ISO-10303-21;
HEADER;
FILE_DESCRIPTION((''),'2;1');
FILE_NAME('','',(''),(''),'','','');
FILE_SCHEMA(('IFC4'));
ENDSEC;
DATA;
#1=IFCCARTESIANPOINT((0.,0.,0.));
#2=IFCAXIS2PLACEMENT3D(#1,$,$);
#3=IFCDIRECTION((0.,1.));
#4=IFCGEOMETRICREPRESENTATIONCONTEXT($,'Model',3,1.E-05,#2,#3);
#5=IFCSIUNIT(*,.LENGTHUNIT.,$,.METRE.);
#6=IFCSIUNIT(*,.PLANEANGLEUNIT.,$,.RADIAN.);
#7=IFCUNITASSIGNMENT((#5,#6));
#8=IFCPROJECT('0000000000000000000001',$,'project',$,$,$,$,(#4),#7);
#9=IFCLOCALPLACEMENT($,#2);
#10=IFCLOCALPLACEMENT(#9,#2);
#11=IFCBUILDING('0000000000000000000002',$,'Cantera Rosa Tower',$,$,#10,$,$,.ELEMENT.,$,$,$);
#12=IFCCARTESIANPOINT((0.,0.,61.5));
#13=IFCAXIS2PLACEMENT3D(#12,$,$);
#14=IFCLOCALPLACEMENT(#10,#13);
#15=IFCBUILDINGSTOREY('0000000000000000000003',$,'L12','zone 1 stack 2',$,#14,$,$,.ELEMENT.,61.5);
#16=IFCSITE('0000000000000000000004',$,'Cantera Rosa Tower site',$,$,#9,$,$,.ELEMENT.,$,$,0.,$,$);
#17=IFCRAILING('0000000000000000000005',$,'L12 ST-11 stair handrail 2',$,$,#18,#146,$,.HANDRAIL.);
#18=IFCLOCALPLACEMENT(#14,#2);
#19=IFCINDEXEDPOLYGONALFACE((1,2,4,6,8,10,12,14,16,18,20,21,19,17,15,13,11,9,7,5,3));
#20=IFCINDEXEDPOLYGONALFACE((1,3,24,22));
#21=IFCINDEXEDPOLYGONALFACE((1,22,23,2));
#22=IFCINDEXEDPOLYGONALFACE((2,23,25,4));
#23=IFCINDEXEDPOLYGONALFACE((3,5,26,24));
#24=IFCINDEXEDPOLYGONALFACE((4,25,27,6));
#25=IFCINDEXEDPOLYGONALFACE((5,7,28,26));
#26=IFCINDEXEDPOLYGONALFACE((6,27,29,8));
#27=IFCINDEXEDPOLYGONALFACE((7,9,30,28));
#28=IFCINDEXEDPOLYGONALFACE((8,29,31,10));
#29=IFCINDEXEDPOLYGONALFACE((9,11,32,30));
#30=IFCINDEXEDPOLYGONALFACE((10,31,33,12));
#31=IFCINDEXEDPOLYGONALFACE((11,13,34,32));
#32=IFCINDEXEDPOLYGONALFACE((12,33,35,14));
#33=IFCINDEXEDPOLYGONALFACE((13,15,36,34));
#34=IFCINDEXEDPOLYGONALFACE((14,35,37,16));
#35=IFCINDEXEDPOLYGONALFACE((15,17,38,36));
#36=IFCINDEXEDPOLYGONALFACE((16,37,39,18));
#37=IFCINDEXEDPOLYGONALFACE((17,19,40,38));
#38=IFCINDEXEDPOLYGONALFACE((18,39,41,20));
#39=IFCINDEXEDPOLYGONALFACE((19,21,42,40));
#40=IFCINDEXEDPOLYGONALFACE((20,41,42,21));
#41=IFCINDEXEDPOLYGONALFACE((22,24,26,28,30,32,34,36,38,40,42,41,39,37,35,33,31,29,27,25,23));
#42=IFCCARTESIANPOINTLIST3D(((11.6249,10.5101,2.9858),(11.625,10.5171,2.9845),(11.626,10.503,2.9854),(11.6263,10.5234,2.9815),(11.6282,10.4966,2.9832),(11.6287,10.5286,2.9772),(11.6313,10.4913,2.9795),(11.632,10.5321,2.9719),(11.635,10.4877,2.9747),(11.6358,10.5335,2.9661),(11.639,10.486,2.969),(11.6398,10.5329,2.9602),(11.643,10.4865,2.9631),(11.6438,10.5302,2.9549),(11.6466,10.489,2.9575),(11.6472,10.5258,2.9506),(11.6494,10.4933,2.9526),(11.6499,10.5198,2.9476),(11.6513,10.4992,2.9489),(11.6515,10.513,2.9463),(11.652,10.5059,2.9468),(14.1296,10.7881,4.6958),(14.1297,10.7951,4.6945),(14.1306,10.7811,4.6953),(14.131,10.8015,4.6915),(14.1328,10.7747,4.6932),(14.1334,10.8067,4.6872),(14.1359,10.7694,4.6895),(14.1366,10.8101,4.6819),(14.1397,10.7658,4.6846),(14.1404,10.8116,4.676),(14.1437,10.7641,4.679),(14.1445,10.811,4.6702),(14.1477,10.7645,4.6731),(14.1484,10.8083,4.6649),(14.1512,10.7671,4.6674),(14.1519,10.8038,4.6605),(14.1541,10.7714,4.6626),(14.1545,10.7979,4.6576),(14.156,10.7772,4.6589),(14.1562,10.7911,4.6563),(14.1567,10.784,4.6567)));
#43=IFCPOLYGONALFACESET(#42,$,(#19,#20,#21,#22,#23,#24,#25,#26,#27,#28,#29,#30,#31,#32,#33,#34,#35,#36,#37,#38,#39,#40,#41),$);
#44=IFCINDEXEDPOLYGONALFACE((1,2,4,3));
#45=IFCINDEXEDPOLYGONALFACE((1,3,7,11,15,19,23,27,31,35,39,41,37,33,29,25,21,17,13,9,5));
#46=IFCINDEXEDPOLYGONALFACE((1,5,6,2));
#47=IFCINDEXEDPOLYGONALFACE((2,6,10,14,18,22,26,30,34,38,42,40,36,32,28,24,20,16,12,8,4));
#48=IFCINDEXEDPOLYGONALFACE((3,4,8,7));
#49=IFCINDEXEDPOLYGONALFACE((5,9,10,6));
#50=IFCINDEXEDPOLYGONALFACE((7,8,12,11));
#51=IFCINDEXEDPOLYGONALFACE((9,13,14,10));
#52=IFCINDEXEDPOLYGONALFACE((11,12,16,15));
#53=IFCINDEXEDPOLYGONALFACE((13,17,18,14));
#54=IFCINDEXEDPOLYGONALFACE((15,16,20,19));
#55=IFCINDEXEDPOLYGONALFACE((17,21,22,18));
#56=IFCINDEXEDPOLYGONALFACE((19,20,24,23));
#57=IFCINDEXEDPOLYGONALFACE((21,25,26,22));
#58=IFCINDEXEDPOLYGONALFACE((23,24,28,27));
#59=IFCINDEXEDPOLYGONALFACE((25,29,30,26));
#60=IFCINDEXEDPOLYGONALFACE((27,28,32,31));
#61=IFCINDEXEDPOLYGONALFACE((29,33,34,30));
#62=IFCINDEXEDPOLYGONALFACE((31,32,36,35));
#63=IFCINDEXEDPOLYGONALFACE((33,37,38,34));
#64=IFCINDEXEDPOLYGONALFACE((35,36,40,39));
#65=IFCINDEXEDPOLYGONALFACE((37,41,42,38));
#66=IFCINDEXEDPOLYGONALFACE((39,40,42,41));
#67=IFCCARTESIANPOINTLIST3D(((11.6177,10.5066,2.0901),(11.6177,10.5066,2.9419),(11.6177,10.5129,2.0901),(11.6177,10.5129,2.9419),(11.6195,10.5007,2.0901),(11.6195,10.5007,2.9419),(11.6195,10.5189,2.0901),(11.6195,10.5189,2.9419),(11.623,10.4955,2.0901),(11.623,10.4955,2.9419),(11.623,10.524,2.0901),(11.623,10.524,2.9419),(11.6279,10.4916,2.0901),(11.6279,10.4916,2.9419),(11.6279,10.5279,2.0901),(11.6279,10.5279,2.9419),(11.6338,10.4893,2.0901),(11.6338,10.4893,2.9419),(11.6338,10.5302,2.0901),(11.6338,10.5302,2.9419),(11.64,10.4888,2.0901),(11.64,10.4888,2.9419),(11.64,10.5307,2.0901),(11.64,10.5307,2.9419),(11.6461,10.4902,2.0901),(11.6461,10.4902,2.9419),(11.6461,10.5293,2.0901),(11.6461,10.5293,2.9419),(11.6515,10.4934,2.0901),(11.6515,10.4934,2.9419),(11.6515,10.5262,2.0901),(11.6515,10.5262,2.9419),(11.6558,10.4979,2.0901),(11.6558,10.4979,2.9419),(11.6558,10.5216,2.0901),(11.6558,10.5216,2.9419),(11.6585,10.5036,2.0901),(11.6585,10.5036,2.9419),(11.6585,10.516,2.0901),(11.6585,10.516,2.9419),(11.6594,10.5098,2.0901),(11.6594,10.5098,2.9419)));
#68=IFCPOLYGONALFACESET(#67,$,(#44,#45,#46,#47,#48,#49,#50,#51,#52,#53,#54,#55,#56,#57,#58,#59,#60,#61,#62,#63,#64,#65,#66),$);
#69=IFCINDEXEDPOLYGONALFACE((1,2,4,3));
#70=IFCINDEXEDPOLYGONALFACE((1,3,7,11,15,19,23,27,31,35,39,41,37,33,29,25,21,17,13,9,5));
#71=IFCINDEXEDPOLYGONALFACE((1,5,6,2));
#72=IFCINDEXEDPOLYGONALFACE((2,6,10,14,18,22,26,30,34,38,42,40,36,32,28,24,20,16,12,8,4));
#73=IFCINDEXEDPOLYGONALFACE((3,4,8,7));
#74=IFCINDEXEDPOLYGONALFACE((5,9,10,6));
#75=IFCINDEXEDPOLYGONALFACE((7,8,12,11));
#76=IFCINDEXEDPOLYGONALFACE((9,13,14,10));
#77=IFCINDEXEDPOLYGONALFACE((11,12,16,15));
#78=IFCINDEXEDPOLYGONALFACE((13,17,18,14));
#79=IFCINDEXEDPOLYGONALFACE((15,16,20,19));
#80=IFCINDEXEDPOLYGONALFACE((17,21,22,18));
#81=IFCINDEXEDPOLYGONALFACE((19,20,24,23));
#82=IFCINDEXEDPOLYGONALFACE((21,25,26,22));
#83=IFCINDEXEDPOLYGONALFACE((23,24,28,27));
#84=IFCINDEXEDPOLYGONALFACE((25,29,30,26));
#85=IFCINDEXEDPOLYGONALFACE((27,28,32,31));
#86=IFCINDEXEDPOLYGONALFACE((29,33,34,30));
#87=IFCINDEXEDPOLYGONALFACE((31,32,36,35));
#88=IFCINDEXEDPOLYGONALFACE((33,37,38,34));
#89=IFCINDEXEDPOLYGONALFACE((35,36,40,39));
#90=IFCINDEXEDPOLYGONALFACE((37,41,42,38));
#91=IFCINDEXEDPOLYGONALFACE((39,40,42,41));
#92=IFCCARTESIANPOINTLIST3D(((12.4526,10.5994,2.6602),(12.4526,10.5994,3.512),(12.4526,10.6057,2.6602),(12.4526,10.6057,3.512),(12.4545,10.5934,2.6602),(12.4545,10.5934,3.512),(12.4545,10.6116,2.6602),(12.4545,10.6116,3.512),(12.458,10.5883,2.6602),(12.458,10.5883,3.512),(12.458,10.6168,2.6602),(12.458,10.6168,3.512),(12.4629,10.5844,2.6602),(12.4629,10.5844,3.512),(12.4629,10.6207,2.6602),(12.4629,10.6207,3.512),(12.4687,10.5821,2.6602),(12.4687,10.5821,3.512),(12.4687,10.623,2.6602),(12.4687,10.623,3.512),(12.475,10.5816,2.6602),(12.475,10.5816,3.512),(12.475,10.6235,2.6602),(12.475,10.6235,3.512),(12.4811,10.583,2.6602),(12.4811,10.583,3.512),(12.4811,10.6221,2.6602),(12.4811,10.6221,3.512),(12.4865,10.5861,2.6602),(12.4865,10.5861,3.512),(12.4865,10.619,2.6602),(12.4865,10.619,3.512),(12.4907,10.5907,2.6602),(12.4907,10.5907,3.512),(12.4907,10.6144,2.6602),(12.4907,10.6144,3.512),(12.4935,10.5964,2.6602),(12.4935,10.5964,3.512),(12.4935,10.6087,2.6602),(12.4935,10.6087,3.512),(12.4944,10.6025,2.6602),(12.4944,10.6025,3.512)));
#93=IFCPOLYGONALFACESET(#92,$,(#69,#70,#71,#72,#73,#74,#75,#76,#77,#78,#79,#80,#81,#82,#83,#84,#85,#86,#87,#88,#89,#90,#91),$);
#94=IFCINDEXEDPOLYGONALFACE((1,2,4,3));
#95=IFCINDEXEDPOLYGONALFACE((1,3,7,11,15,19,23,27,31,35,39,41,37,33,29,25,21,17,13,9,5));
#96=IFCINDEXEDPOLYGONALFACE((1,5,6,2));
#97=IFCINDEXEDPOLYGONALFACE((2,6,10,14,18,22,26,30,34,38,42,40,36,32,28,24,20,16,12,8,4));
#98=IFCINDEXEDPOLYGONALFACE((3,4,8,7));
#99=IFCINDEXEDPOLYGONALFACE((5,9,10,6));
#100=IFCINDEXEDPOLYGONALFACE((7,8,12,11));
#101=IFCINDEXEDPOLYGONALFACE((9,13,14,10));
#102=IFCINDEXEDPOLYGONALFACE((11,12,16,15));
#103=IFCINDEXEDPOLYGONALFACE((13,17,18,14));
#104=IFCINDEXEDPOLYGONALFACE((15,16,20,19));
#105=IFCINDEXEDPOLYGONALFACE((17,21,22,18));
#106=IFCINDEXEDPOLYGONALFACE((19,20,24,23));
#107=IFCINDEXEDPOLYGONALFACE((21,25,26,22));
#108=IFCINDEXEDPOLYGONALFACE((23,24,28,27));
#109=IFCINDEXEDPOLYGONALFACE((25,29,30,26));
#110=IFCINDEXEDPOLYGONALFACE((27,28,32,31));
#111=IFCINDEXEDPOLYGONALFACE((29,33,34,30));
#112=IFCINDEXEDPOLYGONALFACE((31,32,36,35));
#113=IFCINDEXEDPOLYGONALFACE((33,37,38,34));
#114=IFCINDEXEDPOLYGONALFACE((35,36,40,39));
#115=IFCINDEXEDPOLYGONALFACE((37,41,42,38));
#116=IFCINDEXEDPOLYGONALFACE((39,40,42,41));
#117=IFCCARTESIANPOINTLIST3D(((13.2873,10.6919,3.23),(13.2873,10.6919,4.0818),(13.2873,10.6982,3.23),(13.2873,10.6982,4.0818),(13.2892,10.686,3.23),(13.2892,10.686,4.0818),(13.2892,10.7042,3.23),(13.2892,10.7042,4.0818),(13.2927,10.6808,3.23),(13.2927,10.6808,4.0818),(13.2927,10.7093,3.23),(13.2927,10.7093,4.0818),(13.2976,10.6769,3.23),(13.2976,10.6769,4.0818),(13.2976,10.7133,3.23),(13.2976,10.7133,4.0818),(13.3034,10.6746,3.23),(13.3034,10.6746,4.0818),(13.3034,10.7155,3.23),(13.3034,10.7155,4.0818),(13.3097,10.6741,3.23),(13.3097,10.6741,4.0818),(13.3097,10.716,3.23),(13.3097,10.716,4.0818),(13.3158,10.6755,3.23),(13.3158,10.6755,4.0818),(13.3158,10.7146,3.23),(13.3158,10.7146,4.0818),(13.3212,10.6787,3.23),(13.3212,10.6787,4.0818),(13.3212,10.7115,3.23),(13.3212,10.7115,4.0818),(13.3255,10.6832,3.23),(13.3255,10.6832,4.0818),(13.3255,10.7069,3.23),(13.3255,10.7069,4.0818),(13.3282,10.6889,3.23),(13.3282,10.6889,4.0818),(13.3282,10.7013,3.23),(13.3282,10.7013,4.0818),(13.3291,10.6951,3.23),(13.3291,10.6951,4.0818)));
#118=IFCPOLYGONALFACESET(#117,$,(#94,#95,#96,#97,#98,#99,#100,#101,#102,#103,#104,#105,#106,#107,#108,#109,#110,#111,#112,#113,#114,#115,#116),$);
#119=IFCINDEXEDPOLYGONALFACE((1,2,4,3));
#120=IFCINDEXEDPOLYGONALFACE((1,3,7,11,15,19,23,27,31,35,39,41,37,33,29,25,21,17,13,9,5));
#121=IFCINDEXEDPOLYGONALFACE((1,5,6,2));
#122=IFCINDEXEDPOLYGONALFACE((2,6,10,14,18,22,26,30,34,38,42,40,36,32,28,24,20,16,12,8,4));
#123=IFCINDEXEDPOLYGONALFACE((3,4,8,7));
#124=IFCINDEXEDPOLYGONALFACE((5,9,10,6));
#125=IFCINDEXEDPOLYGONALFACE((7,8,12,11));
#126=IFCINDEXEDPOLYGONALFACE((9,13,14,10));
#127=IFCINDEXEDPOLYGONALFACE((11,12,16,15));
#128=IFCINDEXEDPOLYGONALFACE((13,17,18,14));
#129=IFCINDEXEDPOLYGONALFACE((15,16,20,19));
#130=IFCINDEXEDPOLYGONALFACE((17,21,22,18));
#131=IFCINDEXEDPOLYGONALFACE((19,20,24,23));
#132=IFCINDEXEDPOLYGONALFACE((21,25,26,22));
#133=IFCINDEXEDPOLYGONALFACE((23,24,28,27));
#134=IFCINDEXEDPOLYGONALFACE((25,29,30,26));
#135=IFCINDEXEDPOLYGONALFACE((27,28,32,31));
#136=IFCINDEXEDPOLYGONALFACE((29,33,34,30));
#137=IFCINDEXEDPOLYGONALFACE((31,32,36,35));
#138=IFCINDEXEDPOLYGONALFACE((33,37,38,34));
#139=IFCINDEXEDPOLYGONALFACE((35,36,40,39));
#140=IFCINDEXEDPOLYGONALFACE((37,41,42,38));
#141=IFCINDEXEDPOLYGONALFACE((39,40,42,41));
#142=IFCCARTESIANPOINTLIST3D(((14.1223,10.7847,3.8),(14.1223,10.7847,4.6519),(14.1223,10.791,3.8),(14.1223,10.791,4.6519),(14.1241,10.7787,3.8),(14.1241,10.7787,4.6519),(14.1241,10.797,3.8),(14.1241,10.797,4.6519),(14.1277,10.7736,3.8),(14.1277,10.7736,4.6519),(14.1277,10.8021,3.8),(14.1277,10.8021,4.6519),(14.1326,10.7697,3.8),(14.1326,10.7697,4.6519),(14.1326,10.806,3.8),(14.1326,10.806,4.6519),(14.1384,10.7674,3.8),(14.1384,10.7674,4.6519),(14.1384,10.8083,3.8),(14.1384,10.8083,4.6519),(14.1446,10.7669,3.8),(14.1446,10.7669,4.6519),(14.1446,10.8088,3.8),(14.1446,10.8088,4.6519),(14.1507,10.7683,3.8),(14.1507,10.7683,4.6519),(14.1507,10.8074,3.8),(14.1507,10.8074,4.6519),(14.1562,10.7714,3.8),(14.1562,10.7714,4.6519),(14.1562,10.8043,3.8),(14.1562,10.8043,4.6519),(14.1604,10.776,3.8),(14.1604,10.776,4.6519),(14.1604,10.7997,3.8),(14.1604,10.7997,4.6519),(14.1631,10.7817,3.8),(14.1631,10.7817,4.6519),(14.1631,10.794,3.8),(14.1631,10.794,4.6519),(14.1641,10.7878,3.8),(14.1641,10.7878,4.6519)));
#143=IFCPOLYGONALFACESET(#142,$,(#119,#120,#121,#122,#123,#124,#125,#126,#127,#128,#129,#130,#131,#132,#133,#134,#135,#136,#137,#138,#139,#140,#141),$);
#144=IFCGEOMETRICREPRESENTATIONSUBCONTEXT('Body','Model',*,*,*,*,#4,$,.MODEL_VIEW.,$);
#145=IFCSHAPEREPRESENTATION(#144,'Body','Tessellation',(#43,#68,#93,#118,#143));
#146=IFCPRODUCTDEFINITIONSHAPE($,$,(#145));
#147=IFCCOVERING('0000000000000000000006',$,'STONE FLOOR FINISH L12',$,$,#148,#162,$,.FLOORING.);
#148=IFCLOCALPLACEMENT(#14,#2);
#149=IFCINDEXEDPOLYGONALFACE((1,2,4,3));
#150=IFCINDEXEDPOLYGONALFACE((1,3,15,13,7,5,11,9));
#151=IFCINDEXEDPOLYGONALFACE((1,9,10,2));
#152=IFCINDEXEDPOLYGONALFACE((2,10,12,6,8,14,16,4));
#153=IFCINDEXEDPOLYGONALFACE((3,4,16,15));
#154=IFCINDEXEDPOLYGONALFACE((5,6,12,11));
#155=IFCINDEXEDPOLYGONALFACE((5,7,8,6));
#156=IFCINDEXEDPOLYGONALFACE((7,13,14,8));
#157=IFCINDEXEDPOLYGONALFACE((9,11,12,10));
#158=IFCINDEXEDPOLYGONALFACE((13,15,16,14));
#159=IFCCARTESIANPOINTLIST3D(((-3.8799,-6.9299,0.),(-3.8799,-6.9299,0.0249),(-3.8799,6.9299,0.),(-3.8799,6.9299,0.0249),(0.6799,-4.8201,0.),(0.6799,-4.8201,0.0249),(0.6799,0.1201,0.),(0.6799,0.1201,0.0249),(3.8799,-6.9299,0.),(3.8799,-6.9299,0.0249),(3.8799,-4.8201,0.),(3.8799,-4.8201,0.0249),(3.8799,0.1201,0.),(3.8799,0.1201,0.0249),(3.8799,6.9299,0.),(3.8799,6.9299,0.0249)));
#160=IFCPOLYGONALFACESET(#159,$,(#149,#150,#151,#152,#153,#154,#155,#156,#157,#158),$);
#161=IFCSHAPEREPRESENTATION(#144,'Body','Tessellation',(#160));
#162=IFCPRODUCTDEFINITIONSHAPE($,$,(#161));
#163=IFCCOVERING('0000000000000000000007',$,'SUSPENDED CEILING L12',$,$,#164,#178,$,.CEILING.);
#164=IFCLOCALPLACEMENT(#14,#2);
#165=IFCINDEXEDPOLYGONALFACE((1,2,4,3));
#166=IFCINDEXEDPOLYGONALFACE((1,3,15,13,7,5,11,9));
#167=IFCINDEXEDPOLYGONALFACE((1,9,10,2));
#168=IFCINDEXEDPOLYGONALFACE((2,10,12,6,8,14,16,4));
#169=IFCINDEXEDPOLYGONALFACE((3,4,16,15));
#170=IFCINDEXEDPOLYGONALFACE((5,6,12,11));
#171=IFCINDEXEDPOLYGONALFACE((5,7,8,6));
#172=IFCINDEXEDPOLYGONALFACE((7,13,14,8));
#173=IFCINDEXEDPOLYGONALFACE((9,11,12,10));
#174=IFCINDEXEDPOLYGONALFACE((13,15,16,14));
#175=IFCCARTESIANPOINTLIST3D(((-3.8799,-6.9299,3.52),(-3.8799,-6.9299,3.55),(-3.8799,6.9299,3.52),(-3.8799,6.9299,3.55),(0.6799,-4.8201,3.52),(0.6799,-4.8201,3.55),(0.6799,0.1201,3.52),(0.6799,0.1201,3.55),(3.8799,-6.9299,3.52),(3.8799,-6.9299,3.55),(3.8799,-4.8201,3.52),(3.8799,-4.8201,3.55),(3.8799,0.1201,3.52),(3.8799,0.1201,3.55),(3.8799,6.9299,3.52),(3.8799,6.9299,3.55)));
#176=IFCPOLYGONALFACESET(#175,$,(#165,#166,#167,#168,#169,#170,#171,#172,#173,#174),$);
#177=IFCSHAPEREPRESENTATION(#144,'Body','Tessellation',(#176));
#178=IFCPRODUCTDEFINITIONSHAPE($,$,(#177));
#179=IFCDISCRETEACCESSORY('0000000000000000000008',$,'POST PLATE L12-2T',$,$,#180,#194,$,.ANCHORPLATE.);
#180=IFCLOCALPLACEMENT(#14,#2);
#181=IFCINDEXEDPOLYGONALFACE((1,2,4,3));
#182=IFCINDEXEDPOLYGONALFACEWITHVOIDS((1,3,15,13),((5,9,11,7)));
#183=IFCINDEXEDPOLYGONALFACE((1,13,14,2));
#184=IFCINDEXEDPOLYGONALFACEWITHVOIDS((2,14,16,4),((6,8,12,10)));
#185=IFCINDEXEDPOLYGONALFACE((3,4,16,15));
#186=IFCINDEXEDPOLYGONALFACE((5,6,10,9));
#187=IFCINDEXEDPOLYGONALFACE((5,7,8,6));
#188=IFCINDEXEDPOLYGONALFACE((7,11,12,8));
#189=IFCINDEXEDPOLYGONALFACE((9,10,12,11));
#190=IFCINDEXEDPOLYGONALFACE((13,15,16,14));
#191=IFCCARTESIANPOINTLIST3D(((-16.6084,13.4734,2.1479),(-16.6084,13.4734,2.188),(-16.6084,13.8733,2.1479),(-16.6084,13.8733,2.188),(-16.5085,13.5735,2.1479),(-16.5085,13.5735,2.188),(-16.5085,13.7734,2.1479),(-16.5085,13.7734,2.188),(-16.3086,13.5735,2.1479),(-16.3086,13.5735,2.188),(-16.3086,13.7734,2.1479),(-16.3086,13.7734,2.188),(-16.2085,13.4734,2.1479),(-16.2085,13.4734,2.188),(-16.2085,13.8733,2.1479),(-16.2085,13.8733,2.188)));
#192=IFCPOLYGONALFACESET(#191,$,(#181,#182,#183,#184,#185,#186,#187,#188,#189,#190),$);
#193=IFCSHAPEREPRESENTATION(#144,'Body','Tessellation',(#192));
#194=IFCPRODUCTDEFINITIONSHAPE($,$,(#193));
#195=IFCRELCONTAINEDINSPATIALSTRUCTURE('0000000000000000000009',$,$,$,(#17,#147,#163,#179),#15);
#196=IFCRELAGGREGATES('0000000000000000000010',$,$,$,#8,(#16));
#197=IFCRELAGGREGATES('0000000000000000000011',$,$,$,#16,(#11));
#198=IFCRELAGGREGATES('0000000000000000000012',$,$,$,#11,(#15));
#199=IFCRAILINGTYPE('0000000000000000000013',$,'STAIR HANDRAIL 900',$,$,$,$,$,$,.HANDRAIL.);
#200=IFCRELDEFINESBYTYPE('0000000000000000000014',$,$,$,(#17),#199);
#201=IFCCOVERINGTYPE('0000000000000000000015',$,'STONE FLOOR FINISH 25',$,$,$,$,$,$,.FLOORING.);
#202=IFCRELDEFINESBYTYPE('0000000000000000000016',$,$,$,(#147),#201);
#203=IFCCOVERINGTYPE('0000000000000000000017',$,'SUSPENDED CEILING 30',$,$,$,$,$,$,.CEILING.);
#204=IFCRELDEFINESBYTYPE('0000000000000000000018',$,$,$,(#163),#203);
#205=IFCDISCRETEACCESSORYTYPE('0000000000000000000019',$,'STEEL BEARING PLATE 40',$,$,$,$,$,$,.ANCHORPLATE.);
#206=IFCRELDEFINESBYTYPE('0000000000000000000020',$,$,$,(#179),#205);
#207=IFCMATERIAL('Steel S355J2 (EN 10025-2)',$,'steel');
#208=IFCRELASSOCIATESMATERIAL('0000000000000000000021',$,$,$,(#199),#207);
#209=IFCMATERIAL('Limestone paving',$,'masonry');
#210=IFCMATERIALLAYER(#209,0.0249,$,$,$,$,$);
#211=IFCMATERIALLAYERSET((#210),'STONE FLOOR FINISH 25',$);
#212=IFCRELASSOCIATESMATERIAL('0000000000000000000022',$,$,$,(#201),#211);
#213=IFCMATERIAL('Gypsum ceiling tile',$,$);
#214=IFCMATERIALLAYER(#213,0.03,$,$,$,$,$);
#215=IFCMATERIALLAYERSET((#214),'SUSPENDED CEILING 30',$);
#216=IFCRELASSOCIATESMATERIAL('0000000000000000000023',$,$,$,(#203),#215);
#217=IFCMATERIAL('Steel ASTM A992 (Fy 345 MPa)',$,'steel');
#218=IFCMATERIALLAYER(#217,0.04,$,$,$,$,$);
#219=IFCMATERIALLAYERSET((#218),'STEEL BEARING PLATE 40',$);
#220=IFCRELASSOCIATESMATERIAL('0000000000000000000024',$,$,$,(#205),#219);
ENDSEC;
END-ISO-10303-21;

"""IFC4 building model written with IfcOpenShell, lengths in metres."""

from ifc_helpers import new_model, si_unit, direction, frame, origin, origin_2d, place, context, subcontext, project, spatial, polyline, circle, outline, extrude, material, layer, layer_set, type_object, element, save


model = new_model("IFC4")

# Units and contexts
model_context = context("Model", 3, precision=1e-05, world=origin(), true_north=direction((0.0, 1.0)))
body_context = subcontext(model_context, "Body", "Model", "MODEL_VIEW")
ifc_project = project(units=[si_unit("LENGTHUNIT", "METRE"), si_unit("PLANEANGLEUNIT", "RADIAN")], contexts=[model_context])

# Site, building, storey
site_placement = place(None, origin())
site = spatial("IfcSite", under=ifc_project, at=site_placement, Name="Cantera Rosa Tower site", CompositionType="ELEMENT", RefElevation=0.0)
building_placement = place(site_placement, origin())
building = spatial("IfcBuilding", under=site, at=building_placement, Name="Cantera Rosa Tower", CompositionType="ELEMENT")
storey_placement = place(building_placement, frame((0.0, 0.0, 61.5)))
storey = spatial("IfcBuildingStorey", under=building, at=storey_placement, Name="L12", Description="zone 1 stack 2", CompositionType="ELEMENT", Elevation=61.5)

# Railing
ifc_material_1 = material(Name="Steel S355J2 (EN 10025-2)", Category="steel")
railing_type_1 = type_object("IfcRailingType", Name="STAIR HANDRAIL 900", PredefinedType="HANDRAIL", material=ifc_material_1)
railing_1_placement = place(storey_placement, frame((11.6384, 10.5098, 2.0901)))
element("IfcRailing", 1, at=railing_1_placement, inside=storey, type_object=railing_type_1, Name="L12 ST-11 stair handrail 2", PredefinedType="HANDRAIL", context=body_context, shape_type="SweptSolid", body=[
    extrude(circle(Radius=0.0239, at=origin_2d()), frame((0.0, 0.0, 0.876), z_axis=(0.822431, 0.09131, 0.561488), x_axis=(-0.110346, 0.993893, 0.0)), (0.0, 0.0, 1.0), 3.0454),
    extrude(circle(Radius=0.021, at=origin_2d()), origin(), (0.0, 0.0, 1.0), 0.8518),
    extrude(circle(Radius=0.021, at=origin_2d()), frame((0.835, 0.0928, 0.5701)), (0.0, 0.0, 1.0), 0.8518),
    extrude(circle(Radius=0.021, at=origin_2d()), frame((1.6697, 0.1853, 1.1399)), (0.0, 0.0, 1.0), 0.8518),
    extrude(circle(Radius=0.021, at=origin_2d()), frame((2.5046, 0.2781, 1.71)), (0.0, 0.0, 1.0), 0.8518),
])

# Coverings
ifc_material_2 = material(Name="Limestone paving", Category="masonry")
ifc_layer_1 = layer(ifc_material_2, 0.0249)
ifc_layer_set_1 = layer_set([ifc_layer_1], Name="STONE FLOOR FINISH 25")
covering_type_1 = type_object("IfcCoveringType", Name="STONE FLOOR FINISH 25", PredefinedType="FLOORING", material=ifc_layer_set_1)
covering_1_placement = place(storey_placement, origin())
element("IfcCovering", 2, at=covering_1_placement, inside=storey, type_object=covering_type_1, Name="STONE FLOOR FINISH L12", PredefinedType="FLOORING", context=body_context, shape_type="SweptSolid", body=[
    extrude(outline(polyline([(3.8799, 6.9299), (3.8799, 0.1201), (0.6799, 0.1201), (0.6799, -4.8201), (3.8799, -4.8201), (3.8799, -6.9299), (-3.8799, -6.9299), (-3.8799, 6.9299), (3.8799, 6.9299)])), origin(), (0.0, 0.0, 1.0), 0.0249),
])
ifc_material_3 = material(Name="Gypsum ceiling tile")
ifc_layer_2 = layer(ifc_material_3, 0.03)
ifc_layer_set_2 = layer_set([ifc_layer_2], Name="SUSPENDED CEILING 30")
covering_type_2 = type_object("IfcCoveringType", Name="SUSPENDED CEILING 30", PredefinedType="CEILING", material=ifc_layer_set_2)
covering_2_placement = place(storey_placement, frame((0.0, 0.0, 3.52)))
element("IfcCovering", 3, at=covering_2_placement, inside=storey, type_object=covering_type_2, Name="SUSPENDED CEILING L12", PredefinedType="CEILING", context=body_context, shape_type="SweptSolid", body=[
    extrude(outline(polyline([(3.8799, 6.9299), (3.8799, 0.1201), (0.6799, 0.1201), (0.6799, -4.8201), (3.8799, -4.8201), (3.8799, -6.9299), (-3.8799, -6.9299), (-3.8799, 6.9299), (3.8799, 6.9299)])), origin(), (0.0, 0.0, 1.0), 0.03),
])

# Discrete accessory
ifc_material_4 = material(Name="Steel ASTM A992 (Fy 345 MPa)", Category="steel")
ifc_layer_3 = layer(ifc_material_4, 0.04)
ifc_layer_set_3 = layer_set([ifc_layer_3], Name="STEEL BEARING PLATE 40")
discrete_accessory_type = type_object("IfcDiscreteAccessoryType", Name="STEEL BEARING PLATE 40", PredefinedType="ANCHORPLATE", material=ifc_layer_set_3)
discrete_accessory_1_placement = place(storey_placement, frame((0.0, 0.0, 2.1479)))
element("IfcDiscreteAccessory", 4, at=discrete_accessory_1_placement, inside=storey, type_object=discrete_accessory_type, Name="POST PLATE L12-2T", PredefinedType="ANCHORPLATE", context=body_context, shape_type="SweptSolid", body=[
    extrude(outline(polyline([(-16.6084, 13.4734), (-16.2085, 13.4734), (-16.2085, 13.8733), (-16.6084, 13.8733), (-16.6084, 13.4734)]), holes=[polyline([(-16.5085, 13.5735), (-16.3086, 13.5735), (-16.3086, 13.7734), (-16.5085, 13.7734), (-16.5085, 13.5735)])]), origin(), (0.0, 0.0, 1.0), 0.04),
])

save(model, "model.ifc")
